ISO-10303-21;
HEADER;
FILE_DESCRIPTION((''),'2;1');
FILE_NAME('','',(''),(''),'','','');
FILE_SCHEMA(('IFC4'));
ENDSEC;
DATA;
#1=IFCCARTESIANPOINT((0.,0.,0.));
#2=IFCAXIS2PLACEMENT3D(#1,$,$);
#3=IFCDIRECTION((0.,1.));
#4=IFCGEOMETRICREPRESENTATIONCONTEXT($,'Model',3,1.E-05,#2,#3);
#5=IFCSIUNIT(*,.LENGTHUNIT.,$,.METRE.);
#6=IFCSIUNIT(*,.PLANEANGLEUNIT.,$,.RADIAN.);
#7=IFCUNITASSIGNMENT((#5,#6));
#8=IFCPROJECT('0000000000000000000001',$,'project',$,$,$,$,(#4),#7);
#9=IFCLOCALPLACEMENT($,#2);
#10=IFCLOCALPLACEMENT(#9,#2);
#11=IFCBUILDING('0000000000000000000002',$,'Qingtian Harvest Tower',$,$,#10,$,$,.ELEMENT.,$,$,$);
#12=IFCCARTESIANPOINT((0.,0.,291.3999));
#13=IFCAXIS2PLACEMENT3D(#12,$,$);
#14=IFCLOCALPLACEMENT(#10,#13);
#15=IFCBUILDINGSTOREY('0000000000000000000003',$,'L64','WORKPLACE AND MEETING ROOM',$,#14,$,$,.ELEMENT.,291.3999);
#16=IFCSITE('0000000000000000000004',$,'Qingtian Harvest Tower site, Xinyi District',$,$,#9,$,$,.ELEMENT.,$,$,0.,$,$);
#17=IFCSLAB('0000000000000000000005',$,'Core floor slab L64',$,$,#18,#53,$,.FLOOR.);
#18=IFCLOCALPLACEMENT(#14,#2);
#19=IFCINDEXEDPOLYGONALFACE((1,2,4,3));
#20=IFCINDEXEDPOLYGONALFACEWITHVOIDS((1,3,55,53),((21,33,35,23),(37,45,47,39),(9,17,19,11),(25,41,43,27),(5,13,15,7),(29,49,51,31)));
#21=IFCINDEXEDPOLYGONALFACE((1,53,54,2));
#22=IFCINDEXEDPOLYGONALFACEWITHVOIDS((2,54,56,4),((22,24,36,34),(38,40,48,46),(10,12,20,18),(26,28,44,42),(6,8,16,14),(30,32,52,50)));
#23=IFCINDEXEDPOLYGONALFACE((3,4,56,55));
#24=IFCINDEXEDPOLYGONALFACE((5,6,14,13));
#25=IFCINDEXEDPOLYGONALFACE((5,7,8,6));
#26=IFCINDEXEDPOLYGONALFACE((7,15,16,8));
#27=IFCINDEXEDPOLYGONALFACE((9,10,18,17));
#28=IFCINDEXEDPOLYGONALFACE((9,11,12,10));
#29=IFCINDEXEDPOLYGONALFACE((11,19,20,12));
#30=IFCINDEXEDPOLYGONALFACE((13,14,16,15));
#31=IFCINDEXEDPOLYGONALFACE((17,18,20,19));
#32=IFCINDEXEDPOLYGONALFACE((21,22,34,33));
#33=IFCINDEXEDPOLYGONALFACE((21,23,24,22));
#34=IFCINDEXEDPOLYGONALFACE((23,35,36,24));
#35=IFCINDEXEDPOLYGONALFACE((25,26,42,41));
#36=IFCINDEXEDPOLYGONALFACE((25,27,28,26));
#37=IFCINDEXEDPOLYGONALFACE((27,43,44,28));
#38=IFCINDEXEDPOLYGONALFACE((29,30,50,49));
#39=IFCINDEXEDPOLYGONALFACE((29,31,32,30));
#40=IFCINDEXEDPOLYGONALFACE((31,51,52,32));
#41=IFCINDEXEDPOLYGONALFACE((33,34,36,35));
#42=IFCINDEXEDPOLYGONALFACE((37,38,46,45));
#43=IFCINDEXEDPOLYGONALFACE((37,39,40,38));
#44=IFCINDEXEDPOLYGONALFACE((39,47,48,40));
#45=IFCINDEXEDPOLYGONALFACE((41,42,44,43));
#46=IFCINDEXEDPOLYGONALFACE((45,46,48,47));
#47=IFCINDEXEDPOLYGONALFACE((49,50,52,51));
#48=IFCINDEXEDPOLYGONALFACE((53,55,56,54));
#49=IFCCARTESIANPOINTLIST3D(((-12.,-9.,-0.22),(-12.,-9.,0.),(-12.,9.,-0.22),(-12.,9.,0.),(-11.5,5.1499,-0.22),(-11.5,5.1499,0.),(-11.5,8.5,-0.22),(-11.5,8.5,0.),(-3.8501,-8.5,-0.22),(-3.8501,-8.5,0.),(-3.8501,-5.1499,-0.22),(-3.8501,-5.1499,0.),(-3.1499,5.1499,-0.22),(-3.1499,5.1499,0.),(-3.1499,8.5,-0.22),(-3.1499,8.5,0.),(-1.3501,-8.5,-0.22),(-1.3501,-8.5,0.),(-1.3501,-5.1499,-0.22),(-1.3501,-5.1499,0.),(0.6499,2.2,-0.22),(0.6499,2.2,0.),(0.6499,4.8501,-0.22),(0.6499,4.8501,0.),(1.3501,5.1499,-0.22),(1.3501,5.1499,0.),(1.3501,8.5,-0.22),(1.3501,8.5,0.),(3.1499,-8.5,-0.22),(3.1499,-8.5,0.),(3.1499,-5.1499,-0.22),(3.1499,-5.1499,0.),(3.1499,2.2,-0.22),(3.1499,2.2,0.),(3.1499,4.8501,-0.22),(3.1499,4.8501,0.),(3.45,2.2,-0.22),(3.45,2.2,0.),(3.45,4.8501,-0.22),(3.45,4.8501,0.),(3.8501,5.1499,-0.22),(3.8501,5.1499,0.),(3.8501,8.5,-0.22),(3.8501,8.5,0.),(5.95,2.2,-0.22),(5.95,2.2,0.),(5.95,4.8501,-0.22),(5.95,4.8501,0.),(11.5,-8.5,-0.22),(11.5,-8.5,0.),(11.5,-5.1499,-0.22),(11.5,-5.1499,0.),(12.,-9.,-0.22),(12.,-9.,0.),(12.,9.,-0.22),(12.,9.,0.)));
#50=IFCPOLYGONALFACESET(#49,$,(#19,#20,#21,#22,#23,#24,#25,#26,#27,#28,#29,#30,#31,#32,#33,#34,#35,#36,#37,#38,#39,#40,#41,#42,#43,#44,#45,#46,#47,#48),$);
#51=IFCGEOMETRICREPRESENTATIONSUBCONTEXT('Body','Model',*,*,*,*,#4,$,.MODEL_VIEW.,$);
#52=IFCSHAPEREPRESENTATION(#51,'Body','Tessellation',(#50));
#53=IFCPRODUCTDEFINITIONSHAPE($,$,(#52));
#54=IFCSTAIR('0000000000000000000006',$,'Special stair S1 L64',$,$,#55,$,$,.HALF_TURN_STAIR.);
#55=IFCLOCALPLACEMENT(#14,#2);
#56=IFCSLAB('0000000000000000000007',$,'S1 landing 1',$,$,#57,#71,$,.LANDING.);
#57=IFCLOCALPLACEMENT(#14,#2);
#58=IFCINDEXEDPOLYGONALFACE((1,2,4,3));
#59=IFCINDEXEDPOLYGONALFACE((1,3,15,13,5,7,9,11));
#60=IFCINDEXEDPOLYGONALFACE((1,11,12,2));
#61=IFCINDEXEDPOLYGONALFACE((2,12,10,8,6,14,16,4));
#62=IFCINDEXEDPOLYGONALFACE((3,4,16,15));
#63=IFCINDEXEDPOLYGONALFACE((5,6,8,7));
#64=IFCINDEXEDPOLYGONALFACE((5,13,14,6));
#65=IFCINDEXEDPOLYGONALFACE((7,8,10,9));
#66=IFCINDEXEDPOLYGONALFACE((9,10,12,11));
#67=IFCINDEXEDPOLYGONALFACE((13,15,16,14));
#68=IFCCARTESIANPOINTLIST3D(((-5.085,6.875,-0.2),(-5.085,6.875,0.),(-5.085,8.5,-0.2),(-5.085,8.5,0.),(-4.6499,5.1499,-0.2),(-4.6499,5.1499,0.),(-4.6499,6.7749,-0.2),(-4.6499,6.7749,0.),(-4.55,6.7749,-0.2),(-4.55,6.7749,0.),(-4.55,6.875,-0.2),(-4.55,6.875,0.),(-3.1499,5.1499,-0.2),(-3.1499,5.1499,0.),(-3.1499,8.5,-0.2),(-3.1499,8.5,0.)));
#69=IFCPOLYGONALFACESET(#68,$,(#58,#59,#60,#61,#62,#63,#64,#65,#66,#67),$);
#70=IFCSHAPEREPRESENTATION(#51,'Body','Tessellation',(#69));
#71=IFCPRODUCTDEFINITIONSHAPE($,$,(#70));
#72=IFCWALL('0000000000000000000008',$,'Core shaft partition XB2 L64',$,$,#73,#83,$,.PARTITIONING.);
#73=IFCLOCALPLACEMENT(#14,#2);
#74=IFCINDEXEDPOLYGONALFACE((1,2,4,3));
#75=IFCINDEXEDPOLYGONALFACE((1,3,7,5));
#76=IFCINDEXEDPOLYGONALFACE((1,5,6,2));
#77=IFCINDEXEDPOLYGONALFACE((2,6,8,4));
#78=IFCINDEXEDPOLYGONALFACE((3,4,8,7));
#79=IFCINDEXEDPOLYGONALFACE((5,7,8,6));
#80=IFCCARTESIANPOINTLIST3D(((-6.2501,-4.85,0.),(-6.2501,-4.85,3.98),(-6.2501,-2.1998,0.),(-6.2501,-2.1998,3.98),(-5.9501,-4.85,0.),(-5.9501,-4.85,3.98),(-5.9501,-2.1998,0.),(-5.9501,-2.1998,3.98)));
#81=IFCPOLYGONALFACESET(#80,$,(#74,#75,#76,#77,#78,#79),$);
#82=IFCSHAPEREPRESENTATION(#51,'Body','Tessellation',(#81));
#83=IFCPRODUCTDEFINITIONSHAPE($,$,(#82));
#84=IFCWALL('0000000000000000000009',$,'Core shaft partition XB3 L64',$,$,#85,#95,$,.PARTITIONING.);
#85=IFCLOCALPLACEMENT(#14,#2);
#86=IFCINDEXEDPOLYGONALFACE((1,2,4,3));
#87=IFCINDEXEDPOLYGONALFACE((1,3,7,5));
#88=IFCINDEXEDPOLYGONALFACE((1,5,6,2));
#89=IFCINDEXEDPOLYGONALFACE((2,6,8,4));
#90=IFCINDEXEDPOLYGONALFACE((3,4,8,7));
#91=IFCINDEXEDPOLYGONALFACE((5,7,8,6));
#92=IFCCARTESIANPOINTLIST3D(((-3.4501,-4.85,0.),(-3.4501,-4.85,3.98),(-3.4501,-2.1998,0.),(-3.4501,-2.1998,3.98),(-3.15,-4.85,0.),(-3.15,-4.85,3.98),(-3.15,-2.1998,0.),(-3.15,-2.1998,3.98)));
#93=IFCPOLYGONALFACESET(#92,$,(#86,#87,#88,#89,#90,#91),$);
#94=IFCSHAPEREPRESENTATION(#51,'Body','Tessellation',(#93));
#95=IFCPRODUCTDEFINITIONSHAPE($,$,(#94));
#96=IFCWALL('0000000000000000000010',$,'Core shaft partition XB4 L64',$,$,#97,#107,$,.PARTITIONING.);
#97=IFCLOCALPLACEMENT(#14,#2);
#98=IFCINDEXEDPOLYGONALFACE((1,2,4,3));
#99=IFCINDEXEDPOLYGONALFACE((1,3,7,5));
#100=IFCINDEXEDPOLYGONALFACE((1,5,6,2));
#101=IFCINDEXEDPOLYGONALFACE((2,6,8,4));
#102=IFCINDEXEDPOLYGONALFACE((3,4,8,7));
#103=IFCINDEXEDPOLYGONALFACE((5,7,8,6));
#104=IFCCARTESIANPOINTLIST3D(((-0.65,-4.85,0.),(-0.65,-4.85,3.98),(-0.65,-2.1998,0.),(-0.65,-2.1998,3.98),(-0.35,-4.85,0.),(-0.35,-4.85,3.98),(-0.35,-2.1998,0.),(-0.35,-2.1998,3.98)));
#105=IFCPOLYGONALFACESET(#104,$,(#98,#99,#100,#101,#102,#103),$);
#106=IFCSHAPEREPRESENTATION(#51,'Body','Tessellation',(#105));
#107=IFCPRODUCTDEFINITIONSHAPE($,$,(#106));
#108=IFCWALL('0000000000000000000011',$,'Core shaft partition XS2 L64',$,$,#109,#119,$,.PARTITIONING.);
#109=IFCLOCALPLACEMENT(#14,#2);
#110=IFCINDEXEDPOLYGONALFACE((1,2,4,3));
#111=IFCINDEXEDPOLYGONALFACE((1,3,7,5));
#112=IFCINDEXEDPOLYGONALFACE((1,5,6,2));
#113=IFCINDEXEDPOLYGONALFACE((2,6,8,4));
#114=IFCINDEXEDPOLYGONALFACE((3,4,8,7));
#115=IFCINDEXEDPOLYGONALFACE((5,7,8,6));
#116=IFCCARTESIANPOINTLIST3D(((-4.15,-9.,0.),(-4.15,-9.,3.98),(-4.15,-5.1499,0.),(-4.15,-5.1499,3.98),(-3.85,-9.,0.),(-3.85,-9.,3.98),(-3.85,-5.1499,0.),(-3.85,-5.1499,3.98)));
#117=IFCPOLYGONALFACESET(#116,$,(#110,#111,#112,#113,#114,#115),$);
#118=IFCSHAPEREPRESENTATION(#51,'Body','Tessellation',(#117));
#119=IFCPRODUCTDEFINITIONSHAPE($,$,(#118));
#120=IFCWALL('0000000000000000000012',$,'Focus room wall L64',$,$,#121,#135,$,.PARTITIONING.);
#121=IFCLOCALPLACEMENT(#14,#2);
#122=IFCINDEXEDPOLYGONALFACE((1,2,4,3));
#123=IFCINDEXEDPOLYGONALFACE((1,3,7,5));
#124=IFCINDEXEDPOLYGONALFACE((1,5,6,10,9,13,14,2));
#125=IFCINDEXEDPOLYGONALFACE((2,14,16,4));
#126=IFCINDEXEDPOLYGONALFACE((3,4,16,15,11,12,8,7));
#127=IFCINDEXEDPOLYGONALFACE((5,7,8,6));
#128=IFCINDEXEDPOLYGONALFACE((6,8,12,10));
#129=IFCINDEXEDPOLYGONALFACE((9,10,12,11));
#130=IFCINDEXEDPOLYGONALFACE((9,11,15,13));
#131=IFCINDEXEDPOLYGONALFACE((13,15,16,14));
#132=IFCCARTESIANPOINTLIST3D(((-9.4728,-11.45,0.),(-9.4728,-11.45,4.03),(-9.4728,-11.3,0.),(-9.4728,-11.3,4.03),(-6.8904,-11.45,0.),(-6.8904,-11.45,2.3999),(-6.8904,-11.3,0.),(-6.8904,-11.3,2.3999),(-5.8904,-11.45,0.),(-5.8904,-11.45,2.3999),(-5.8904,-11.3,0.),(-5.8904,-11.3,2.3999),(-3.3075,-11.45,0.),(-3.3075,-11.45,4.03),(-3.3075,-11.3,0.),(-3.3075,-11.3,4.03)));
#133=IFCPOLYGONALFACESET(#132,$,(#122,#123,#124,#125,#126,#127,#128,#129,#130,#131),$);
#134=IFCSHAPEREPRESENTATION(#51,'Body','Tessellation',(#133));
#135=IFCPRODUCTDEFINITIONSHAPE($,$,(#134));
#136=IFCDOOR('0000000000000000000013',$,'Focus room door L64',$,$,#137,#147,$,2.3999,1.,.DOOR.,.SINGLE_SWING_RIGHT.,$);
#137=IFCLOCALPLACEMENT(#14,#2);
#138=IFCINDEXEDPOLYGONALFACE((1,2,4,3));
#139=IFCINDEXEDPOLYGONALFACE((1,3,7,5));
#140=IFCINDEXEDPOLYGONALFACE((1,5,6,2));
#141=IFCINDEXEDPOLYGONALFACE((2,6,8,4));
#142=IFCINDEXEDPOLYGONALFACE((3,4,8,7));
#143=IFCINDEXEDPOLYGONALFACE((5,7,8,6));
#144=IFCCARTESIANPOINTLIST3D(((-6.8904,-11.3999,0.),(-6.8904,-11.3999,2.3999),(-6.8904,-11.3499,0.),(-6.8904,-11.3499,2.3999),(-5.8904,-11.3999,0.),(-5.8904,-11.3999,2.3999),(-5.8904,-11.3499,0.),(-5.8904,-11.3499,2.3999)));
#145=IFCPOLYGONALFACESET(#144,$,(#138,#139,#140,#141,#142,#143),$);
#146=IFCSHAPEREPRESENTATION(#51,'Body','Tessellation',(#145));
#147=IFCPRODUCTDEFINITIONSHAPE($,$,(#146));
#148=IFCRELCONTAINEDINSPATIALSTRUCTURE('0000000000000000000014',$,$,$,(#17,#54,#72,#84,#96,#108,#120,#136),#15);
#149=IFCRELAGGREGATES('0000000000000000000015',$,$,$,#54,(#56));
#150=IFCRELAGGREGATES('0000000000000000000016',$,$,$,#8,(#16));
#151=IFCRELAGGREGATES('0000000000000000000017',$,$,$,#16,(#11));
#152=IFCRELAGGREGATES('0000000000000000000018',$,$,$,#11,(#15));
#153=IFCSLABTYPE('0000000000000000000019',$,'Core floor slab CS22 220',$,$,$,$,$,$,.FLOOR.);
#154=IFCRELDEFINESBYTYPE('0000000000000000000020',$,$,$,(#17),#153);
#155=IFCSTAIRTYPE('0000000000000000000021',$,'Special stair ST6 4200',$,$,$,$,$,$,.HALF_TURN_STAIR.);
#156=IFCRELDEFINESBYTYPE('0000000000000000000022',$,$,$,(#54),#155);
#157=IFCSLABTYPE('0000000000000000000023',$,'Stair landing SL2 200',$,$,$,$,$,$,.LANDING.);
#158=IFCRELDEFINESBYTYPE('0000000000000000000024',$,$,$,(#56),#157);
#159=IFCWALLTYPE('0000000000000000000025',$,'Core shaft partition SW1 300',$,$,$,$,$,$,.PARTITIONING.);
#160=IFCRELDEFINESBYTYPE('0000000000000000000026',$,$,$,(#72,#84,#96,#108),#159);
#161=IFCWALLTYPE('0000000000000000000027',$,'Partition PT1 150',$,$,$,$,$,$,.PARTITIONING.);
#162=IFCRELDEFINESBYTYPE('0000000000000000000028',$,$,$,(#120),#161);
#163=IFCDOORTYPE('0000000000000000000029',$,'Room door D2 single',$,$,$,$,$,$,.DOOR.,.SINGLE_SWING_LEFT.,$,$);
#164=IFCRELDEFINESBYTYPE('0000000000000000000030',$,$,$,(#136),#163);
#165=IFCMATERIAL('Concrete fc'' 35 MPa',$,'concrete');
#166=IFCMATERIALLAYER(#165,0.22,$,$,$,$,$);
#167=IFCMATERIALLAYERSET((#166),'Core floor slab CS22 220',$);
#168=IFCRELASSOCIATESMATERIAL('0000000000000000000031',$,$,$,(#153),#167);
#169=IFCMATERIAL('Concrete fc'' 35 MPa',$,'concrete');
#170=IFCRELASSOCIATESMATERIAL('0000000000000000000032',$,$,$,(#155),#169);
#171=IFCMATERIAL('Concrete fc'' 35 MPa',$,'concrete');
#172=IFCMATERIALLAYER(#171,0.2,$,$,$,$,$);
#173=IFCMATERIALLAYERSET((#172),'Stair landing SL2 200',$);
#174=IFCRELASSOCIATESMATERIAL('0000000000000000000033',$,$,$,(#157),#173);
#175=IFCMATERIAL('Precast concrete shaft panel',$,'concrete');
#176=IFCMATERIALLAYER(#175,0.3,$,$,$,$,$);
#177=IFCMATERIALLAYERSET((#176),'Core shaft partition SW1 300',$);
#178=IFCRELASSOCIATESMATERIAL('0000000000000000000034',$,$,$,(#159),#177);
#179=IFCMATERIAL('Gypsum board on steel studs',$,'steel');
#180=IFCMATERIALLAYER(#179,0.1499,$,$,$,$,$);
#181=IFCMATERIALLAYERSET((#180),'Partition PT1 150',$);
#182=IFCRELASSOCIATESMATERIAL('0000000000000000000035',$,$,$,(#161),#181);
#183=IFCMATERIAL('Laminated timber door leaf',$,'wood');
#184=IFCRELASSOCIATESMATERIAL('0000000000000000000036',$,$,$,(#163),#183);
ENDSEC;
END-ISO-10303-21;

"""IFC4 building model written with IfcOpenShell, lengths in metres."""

from ifc_helpers import new_model, si_unit, direction, frame, frame_2d, origin, place, context, subcontext, project, spatial, polyline, rectangle, outline, extrude, material, layer, layer_set, type_object, element, fill, aggregate, save


model = new_model("IFC4")

# Units and contexts
model_context = context("Model", 3, precision=1e-05, world=origin(), true_north=direction((0.0, 1.0)))
body_context = subcontext(model_context, "Body", "Model", "MODEL_VIEW")
ifc_project = project(units=[si_unit("LENGTHUNIT", "METRE"), si_unit("PLANEANGLEUNIT", "RADIAN")], contexts=[model_context])

# Site, building, storey
site_placement = place(None, origin())
site = spatial("IfcSite", under=ifc_project, at=site_placement, Name="Qingtian Harvest Tower site, Xinyi District", CompositionType="ELEMENT", RefElevation=0.0)
building_placement = place(site_placement, origin())
building = spatial("IfcBuilding", under=site, at=building_placement, Name="Qingtian Harvest Tower", CompositionType="ELEMENT")
storey_placement = place(building_placement, frame((0.0, 0.0, 291.3999)))
storey = spatial("IfcBuildingStorey", under=building, at=storey_placement, Name="L64", Description="WORKPLACE AND MEETING ROOM", CompositionType="ELEMENT", Elevation=291.3999)

# Slab
ifc_material_1 = material(Name="Concrete fc' 35 MPa", Category="concrete")
ifc_layer_1 = layer(ifc_material_1, 0.22)
ifc_layer_set_1 = layer_set([ifc_layer_1], Name="Core floor slab CS22 220")
slab_type_1 = type_object("IfcSlabType", Name="Core floor slab CS22 220", PredefinedType="FLOOR", material=ifc_layer_set_1)
slab_1_placement = place(storey_placement, frame((0.0, 0.0, -0.22)))
element("IfcSlab", 1, at=slab_1_placement, inside=storey, type_object=slab_type_1, Name="Core floor slab L64", PredefinedType="FLOOR", context=body_context, shape_type="SweptSolid", body=[
    extrude(outline(polyline([(-12.0, -9.0), (12.0, -9.0), (12.0, 9.0), (-12.0, 9.0), (-12.0, -9.0)]), holes=[polyline([(-11.5, 5.1499), (-3.1499, 5.1499), (-3.1499, 8.5), (-11.5, 8.5), (-11.5, 5.1499)]), polyline([(3.1499, -8.5), (11.5, -8.5), (11.5, -5.1499), (3.1499, -5.1499), (3.1499, -8.5)]), polyline([(1.3501, 5.1499), (3.8501, 5.1499), (3.8501, 8.5), (1.3501, 8.5), (1.3501, 5.1499)]), polyline([(-3.8501, -8.5), (-1.3501, -8.5), (-1.3501, -5.1499), (-3.8501, -5.1499), (-3.8501, -8.5)]), polyline([(0.6499, 2.2), (3.1499, 2.2), (3.1499, 4.8501), (0.6499, 4.8501), (0.6499, 2.2)]), polyline([(3.45, 2.2), (5.95, 2.2), (5.95, 4.8501), (3.45, 4.8501), (3.45, 2.2)])]), origin(), (0.0, 0.0, 1.0), 0.22),
])

# Stair, slab
ifc_material_2 = material(Name="Concrete fc' 35 MPa", Category="concrete")
stair_type = type_object("IfcStairType", Name="Special stair ST6 4200", PredefinedType="HALF_TURN_STAIR", material=ifc_material_2)
stair_placement = place(storey_placement, origin())
stair = element("IfcStair", 2, at=stair_placement, inside=storey, type_object=stair_type, Name="Special stair S1 L64", PredefinedType="HALF_TURN_STAIR")
ifc_material_3 = material(Name="Concrete fc' 35 MPa", Category="concrete")
ifc_layer_2 = layer(ifc_material_3, 0.2)
ifc_layer_set_2 = layer_set([ifc_layer_2], Name="Stair landing SL2 200")
slab_type_2 = type_object("IfcSlabType", Name="Stair landing SL2 200", PredefinedType="LANDING", material=ifc_layer_set_2)
slab_2_placement = place(storey_placement, frame((0.0, 0.0, -0.2)))
slab_2 = element("IfcSlab", 3, at=slab_2_placement, type_object=slab_type_2, Name="S1 landing 1", PredefinedType="LANDING", context=body_context, shape_type="SweptSolid", body=[
    extrude(outline(polyline([(-4.6499, 5.1499), (-4.6499, 6.7749), (-4.55, 6.7749), (-4.55, 6.875), (-5.085, 6.875), (-5.085, 8.5), (-3.1499, 8.5), (-3.1499, 5.1499), (-4.6499, 5.1499)])), origin(), (0.0, 0.0, 1.0), 0.2),
])
aggregate(stair, [slab_2])

# Walls
ifc_material_4 = material(Name="Precast concrete shaft panel", Category="concrete")
ifc_layer_3 = layer(ifc_material_4, 0.3)
ifc_layer_set_3 = layer_set([ifc_layer_3], Name="Core shaft partition SW1 300")
wall_type_1 = type_object("IfcWallType", Name="Core shaft partition SW1 300", PredefinedType="PARTITIONING", material=ifc_layer_set_3)
for number, where, z_axis, x_axis, name in (
    (4, (-6.1001, -4.8501, 0.0), (0.0, 0.0, 1.0), (0.0, 1.0, 0.0), "Core shaft partition XB2 L64"),
    (5, (-3.3, -4.8501, 0.0), (0.0, 0.0, 1.0), (0.0, 1.0, 0.0), "Core shaft partition XB3 L64"),
    (6, (-0.5, -4.8501, 0.0), (0.0, 0.0, 1.0), (0.0, 1.0, 0.0), "Core shaft partition XB4 L64"),
):
    element("IfcWall", number, at=place(storey_placement, frame(where, z_axis=z_axis, x_axis=x_axis)), inside=storey, type_object=wall_type_1, Name=name, PredefinedType="PARTITIONING", context=body_context, shape_type="SweptSolid", body=[
        extrude(rectangle(XDim=2.6501, YDim=0.3, at=frame_2d((1.3252, 0.0))), origin(), (0.0, 0.0, 1.0), 3.98),
    ])
wall_1_placement = place(storey_placement, frame((-4.0, -9.0, 0.0), z_axis=(0.0, 0.0, 1.0), x_axis=(0.0, 1.0, 0.0)))
element("IfcWall", 7, at=wall_1_placement, inside=storey, type_object=wall_type_1, Name="Core shaft partition XS2 L64", PredefinedType="PARTITIONING", context=body_context, shape_type="SweptSolid", body=[
    extrude(rectangle(XDim=3.8501, YDim=0.3, at=frame_2d((1.925, 0.0))), origin(), (0.0, 0.0, 1.0), 3.98),
])

# Wall, opening, door
ifc_material_5 = material(Name="Gypsum board on steel studs", Category="steel")
ifc_layer_4 = layer(ifc_material_5, 0.1499)
ifc_layer_set_4 = layer_set([ifc_layer_4], Name="Partition PT1 150")
wall_type_2 = type_object("IfcWallType", Name="Partition PT1 150", PredefinedType="PARTITIONING", material=ifc_layer_set_4)
wall_2_placement = place(storey_placement, frame((-3.3076, -11.375, 0.0), z_axis=(0.0, 0.0, 1.0), x_axis=(-1.0, 0.0, 0.0)))
wall_2 = element("IfcWall", 8, at=wall_2_placement, inside=storey, type_object=wall_type_2, Name="Focus room wall L64", PredefinedType="PARTITIONING", context=body_context, shape_type="SweptSolid", body=[
    extrude(rectangle(XDim=6.1653, YDim=0.1499, at=frame_2d((3.0825, 0.0))), origin(), (0.0, 0.0, 1.0), 4.03),
])
opening_1_placement = place(wall_2_placement, frame((2.5828, 0.0, 0.0)))
opening_1 = element("IfcOpeningElement", 9, at=opening_1_placement, cuts=wall_2, PredefinedType="OPENING", context=body_context, shape_type="SweptSolid", body=[
    extrude(rectangle(XDim=1.0, YDim=2.3999, at=frame_2d((0.5, 1.2))), frame((0.0, 0.085, 0.0), z_axis=(0.0, -1.0, 0.0), x_axis=(1.0, 0.0, 0.0)), (0.0, 0.0, 1.0), 0.1699),
])
ifc_material_6 = material(Name="Laminated timber door leaf", Category="wood")
door_type_1 = type_object("IfcDoorType", Name="Room door D2 single", OperationType="SINGLE_SWING_LEFT", PredefinedType="DOOR", material=ifc_material_6)
door_1_placement = place(opening_1_placement, origin())
door_1 = element("IfcDoor", 10, at=door_1_placement, inside=storey, type_object=door_type_1, Name="Focus room door L64", OperationType="SINGLE_SWING_RIGHT", OverallHeight=2.3999, OverallWidth=1.0, PredefinedType="DOOR", context=body_context, shape_type="SweptSolid", body=[
    extrude(rectangle(XDim=1.0, YDim=2.3999, at=frame_2d((0.5, 1.2))), frame((0.0, 0.0249, 0.0), z_axis=(0.0, -1.0, 0.0), x_axis=(1.0, 0.0, 0.0)), (0.0, 0.0, 1.0), 0.05),
])
fill(opening_1, door_1)

save(model, "model.ifc")
